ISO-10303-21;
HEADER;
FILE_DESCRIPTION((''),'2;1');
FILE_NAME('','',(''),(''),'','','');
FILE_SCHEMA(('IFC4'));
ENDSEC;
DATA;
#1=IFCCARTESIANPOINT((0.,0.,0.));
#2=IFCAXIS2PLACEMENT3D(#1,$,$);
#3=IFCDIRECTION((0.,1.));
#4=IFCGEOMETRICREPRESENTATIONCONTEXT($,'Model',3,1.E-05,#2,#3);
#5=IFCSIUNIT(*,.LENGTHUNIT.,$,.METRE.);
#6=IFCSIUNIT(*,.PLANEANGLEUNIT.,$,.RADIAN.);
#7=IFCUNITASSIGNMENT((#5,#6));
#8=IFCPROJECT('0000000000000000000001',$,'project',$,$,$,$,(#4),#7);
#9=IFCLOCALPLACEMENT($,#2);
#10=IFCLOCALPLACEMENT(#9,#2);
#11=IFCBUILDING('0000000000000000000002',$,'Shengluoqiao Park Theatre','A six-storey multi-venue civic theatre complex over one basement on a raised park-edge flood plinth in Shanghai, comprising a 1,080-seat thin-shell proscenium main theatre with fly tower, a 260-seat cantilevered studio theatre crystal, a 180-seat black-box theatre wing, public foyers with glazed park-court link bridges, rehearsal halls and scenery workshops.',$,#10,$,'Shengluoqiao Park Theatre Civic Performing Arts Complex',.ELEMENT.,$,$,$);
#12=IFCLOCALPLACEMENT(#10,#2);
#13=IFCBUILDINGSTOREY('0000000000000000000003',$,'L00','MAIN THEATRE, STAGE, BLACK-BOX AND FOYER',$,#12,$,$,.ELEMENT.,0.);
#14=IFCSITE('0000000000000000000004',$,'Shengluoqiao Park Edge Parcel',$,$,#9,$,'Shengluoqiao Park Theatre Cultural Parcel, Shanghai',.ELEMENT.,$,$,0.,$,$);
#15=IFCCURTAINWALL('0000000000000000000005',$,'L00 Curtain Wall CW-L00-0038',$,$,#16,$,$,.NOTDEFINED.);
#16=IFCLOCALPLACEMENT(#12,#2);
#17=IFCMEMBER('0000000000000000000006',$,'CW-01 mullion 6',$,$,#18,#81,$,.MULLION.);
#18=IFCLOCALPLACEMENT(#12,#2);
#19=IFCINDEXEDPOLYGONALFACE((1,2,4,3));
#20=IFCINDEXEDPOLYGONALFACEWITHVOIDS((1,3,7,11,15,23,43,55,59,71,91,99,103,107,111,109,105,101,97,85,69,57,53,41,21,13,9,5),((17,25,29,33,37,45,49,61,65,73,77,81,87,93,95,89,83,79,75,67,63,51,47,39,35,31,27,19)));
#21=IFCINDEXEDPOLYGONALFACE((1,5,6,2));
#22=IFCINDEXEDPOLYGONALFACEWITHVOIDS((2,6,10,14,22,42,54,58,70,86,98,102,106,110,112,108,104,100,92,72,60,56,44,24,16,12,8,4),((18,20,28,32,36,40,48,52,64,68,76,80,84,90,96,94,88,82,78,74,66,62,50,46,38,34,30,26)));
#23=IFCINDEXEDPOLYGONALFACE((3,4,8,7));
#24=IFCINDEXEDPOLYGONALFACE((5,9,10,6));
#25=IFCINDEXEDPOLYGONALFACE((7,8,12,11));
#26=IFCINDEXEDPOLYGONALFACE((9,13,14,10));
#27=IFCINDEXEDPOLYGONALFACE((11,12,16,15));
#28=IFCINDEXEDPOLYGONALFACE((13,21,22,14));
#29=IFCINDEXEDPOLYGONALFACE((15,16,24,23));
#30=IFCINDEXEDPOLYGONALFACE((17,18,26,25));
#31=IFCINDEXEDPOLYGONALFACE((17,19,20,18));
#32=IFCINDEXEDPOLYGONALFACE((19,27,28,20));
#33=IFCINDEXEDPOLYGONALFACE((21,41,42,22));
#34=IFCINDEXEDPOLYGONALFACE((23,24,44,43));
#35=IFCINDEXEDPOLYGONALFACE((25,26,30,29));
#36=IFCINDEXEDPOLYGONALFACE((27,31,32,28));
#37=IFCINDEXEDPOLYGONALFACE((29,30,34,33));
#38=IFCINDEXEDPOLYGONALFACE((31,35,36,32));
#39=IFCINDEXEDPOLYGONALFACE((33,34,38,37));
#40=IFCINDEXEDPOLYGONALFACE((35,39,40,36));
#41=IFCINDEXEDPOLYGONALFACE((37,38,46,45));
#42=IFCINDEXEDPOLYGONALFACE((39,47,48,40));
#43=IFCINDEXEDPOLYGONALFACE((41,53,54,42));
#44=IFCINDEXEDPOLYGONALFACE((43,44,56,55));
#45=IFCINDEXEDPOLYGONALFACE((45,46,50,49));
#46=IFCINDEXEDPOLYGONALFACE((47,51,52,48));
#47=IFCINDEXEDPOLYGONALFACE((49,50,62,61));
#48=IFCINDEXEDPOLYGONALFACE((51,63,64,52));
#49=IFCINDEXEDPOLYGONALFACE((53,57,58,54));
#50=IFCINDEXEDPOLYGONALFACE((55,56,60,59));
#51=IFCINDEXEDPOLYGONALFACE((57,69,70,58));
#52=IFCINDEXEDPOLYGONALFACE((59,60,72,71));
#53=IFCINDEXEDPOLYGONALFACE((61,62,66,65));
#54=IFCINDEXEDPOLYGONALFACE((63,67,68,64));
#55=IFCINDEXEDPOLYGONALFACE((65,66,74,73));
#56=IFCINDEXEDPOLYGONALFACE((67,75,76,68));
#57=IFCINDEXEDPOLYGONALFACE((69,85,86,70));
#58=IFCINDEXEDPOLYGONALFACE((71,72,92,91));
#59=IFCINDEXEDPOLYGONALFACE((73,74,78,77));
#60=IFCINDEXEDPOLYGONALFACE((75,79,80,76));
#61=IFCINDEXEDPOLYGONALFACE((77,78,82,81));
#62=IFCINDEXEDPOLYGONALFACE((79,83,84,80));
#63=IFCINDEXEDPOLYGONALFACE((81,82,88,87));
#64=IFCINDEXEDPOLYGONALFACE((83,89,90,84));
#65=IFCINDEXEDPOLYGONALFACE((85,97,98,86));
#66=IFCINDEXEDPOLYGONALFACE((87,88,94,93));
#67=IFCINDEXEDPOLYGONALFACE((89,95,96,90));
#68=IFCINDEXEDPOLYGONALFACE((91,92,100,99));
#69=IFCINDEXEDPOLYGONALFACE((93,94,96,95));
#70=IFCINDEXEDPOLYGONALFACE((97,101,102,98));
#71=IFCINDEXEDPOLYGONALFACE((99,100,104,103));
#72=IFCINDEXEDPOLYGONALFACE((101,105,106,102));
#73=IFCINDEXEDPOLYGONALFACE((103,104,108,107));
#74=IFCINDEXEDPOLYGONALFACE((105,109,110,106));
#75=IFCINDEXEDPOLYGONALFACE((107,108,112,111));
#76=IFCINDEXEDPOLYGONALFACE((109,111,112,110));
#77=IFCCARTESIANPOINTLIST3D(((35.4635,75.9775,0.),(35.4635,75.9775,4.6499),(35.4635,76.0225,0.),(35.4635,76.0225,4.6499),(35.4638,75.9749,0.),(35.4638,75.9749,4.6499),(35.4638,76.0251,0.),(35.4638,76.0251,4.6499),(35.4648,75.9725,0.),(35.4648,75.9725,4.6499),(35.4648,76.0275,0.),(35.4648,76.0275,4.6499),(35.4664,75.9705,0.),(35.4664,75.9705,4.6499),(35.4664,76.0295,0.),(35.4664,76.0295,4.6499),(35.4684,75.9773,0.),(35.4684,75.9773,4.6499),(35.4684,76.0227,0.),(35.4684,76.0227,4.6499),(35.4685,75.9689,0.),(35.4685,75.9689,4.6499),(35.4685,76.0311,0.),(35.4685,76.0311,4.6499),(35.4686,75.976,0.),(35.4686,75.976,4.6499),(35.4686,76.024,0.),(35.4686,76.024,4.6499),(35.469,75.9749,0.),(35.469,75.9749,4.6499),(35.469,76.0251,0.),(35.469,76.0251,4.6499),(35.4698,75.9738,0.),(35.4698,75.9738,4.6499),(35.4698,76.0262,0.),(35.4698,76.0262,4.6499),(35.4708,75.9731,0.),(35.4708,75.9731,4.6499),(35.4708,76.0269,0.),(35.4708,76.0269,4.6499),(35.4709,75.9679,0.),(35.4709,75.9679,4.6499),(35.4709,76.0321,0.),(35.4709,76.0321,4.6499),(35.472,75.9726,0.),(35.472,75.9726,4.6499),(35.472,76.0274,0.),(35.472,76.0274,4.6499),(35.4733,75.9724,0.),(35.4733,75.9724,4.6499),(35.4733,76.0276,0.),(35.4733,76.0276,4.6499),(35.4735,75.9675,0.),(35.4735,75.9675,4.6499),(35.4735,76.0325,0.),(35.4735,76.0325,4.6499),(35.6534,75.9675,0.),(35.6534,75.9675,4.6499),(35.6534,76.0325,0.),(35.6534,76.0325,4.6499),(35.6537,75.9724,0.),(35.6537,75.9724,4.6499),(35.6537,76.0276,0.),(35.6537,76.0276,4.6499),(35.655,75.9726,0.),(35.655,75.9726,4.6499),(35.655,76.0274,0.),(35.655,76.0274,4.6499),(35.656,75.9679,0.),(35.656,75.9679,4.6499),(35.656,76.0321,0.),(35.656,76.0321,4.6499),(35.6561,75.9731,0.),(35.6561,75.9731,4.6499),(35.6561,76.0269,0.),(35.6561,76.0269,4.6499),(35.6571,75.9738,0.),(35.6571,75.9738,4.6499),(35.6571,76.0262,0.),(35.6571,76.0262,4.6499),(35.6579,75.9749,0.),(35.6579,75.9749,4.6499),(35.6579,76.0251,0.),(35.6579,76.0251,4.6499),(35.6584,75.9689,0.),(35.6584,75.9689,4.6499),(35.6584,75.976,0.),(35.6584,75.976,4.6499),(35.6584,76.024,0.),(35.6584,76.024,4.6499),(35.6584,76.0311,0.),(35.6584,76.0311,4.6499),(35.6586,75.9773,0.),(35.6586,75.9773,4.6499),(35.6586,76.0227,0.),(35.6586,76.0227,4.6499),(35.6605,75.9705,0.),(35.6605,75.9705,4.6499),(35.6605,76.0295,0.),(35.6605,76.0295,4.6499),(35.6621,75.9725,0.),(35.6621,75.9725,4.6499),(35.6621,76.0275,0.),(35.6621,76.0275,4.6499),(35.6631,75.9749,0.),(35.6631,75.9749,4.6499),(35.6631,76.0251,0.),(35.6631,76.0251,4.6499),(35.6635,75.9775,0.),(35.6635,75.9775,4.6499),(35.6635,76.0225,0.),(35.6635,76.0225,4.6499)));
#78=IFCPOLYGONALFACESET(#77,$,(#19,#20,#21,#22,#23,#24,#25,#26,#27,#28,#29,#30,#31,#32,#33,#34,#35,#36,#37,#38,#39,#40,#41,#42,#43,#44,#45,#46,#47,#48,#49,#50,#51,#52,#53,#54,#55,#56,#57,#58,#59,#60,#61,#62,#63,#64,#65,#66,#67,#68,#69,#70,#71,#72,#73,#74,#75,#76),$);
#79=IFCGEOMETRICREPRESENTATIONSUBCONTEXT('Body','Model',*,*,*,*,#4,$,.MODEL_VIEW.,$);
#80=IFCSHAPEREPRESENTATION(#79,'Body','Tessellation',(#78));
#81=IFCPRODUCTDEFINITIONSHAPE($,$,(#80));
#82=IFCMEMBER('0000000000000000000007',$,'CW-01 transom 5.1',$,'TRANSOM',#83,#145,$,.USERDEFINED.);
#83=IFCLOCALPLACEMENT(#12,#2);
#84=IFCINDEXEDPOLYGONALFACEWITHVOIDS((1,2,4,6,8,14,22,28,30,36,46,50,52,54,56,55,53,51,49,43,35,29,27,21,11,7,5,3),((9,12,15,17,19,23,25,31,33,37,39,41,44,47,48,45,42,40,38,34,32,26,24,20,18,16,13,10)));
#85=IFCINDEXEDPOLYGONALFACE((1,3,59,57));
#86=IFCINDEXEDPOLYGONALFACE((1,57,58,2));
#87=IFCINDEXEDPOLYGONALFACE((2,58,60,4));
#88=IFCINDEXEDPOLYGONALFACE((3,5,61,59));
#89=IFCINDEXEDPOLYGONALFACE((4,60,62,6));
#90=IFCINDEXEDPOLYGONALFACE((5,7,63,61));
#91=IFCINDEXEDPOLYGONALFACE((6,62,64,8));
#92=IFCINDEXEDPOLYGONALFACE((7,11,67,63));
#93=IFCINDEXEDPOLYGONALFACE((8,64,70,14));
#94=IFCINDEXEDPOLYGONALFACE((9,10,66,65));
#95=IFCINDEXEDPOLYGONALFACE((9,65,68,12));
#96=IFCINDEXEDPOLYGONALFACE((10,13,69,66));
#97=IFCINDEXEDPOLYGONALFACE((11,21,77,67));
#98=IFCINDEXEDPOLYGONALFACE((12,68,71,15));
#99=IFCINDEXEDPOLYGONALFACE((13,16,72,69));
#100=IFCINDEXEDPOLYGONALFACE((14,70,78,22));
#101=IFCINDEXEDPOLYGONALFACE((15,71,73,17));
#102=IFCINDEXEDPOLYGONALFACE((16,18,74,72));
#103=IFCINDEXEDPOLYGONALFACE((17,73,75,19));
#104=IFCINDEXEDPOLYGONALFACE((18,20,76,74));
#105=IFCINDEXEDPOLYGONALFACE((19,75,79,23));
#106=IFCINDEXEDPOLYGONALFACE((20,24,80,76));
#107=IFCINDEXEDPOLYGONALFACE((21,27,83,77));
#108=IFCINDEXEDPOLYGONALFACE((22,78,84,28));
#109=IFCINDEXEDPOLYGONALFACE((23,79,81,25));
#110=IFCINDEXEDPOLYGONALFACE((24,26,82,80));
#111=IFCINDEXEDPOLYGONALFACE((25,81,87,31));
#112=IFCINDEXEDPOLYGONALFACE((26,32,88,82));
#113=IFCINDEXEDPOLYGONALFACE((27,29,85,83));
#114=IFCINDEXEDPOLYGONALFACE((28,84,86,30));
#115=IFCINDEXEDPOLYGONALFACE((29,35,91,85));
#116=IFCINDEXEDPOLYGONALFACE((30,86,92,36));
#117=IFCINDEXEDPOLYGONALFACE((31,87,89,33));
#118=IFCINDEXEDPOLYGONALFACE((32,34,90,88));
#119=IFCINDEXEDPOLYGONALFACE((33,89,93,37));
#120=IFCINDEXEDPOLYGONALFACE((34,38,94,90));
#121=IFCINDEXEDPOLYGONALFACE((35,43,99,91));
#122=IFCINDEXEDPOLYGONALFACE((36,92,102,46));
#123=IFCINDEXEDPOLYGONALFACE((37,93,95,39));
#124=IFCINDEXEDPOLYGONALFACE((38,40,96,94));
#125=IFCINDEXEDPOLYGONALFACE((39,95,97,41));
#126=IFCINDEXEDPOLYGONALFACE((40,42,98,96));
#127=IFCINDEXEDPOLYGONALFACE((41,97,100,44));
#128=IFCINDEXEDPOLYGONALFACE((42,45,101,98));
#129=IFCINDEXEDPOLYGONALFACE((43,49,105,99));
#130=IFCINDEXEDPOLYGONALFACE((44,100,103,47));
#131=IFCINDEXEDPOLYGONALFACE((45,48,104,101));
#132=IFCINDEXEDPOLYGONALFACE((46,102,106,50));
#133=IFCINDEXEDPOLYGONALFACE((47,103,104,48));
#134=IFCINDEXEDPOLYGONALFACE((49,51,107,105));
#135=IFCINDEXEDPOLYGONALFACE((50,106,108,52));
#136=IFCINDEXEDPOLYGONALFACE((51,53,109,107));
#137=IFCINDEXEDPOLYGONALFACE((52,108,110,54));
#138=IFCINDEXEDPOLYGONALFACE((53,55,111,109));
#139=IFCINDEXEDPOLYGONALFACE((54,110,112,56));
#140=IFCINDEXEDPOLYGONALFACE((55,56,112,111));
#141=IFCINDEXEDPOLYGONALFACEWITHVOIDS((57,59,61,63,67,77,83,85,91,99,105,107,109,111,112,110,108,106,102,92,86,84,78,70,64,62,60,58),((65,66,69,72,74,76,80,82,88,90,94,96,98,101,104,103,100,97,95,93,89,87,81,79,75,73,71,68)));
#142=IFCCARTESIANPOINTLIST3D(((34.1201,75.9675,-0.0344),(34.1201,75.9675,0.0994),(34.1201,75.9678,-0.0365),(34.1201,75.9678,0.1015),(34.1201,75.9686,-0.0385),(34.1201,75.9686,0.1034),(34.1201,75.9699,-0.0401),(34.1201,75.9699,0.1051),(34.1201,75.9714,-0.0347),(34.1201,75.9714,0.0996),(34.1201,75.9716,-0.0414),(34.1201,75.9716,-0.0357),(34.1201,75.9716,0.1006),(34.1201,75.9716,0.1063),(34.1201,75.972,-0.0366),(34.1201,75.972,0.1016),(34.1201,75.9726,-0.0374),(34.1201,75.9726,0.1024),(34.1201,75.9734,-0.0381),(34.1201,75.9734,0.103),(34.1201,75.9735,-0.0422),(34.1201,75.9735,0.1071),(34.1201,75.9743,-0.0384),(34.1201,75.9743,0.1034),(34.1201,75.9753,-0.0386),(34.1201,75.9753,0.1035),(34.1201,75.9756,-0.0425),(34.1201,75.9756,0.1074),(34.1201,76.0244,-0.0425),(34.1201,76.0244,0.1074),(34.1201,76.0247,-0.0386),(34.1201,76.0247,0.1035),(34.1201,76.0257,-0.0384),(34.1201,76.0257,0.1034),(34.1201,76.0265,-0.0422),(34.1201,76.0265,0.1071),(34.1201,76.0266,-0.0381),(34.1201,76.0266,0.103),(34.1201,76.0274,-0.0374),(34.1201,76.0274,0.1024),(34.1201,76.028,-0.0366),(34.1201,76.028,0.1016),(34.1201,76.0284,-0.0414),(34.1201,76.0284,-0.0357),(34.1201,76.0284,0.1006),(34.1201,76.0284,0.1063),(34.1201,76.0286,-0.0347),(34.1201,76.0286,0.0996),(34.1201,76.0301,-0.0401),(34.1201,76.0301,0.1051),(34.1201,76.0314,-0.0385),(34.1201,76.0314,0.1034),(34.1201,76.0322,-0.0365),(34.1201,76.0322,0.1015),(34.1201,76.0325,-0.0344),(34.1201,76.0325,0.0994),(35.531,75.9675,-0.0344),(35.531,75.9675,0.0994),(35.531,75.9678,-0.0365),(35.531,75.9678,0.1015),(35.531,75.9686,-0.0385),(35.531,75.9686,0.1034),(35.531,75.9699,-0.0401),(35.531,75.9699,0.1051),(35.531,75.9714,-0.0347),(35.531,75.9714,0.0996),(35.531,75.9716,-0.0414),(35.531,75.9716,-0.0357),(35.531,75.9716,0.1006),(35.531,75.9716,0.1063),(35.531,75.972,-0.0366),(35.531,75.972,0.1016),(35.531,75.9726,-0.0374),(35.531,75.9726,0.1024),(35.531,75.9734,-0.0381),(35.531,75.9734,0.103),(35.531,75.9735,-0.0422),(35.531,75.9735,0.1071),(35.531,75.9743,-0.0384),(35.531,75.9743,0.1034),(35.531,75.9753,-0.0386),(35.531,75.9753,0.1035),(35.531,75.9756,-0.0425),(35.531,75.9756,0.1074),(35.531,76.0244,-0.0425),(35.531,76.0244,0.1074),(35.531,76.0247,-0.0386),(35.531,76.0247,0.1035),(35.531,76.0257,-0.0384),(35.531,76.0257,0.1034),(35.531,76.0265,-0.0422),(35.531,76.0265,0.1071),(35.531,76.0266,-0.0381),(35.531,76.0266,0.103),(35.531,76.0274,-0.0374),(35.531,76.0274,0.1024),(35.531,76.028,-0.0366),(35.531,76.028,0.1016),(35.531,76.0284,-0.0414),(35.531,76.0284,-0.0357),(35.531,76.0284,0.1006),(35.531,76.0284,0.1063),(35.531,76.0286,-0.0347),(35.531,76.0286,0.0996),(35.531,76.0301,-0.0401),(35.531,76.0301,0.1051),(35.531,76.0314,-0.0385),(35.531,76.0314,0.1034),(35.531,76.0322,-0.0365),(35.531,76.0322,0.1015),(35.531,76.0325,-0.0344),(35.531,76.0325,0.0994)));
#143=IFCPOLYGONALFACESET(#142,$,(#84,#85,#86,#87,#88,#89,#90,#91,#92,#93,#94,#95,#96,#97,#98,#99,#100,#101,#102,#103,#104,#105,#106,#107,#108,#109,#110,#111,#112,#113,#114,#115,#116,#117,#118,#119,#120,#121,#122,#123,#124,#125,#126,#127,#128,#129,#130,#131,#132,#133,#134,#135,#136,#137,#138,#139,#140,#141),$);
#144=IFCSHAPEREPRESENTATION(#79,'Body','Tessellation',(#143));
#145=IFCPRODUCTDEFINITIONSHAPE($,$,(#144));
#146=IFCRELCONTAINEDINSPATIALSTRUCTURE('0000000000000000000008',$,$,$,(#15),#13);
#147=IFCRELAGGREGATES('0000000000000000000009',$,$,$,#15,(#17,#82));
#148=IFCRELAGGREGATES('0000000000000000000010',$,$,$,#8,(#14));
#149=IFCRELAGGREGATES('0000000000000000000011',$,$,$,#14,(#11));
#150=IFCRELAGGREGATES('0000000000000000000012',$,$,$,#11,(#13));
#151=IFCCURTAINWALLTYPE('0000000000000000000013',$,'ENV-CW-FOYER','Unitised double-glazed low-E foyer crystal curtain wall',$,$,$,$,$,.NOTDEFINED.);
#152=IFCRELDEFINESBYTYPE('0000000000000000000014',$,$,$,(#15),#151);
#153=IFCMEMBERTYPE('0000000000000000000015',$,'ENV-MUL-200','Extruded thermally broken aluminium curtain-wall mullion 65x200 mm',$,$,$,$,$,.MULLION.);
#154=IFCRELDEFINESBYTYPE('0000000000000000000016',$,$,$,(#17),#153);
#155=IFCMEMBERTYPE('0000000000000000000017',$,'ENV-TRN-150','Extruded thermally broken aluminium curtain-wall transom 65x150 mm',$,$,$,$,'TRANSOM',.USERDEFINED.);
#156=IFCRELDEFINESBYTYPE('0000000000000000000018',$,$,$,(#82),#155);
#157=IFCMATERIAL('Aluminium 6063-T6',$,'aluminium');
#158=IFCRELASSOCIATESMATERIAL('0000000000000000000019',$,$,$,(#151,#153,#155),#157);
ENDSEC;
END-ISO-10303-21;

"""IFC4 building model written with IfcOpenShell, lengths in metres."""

from ifc_helpers import new_model, si_unit, direction, frame, origin, origin_2d, place, context, subcontext, project, spatial, hollow_rectangle, extrude, material, material_profile, profile_set, type_object, element, aggregate, save


model = new_model("IFC4")

# Units and contexts
model_context = context("Model", 3, precision=1e-05, world=origin(), true_north=direction((0.0, 1.0)))
body_context = subcontext(model_context, "Body", "Model", "MODEL_VIEW")
ifc_project = project(units=[si_unit("LENGTHUNIT", "METRE"), si_unit("PLANEANGLEUNIT", "RADIAN")], contexts=[model_context])

# Site, building, storey
site_placement = place(None, origin())
site = spatial("IfcSite", under=ifc_project, at=site_placement, Name="Shengluoqiao Park Edge Parcel", LongName="Shengluoqiao Park Theatre Cultural Parcel, Shanghai", CompositionType="ELEMENT", RefElevation=0.0)
building_placement = place(site_placement, origin())
building = spatial("IfcBuilding", under=site, at=building_placement, Name="Shengluoqiao Park Theatre", Description="A six-storey multi-venue civic theatre complex over one basement on a raised park-edge flood plinth in Shanghai, comprising a 1,080-seat thin-shell proscenium main theatre with fly tower, a 260-seat cantilevered studio theatre crystal, a 180-seat black-box theatre wing, public foyers with glazed park-court link bridges, rehearsal halls and scenery workshops.", LongName="Shengluoqiao Park Theatre Civic Performing Arts Complex", CompositionType="ELEMENT")
storey_placement = place(building_placement, origin())
storey = spatial("IfcBuildingStorey", under=building, at=storey_placement, Name="L00", Description="MAIN THEATRE, STAGE, BLACK-BOX AND FOYER", CompositionType="ELEMENT", Elevation=0.0)

# Curtain wall, members
ifc_material_1 = material(Name="Aluminium 6063-T6", Category="aluminium")
curtain_wall_type = type_object("IfcCurtainWallType", Name="ENV-CW-FOYER", Description="Unitised double-glazed low-E foyer crystal curtain wall", PredefinedType="NOTDEFINED", material=ifc_material_1)
curtain_wall_placement = place(storey_placement, origin())
curtain_wall = element("IfcCurtainWall", 1, at=curtain_wall_placement, inside=storey, type_object=curtain_wall_type, Name="L00 Curtain Wall CW-L00-0038", PredefinedType="NOTDEFINED")
ifc_material_profile_1 = material_profile(ifc_material_1, hollow_rectangle(XDim=0.0649, YDim=0.2, WallThickness=0.0049, InnerFilletRadius=0.0049, OuterFilletRadius=0.01, at=origin_2d()), Name="ALU MULLION 200x65x5")
ifc_profile_set_1 = profile_set([ifc_material_profile_1], Name="Aluminium 6063-T6")
member_type_1 = type_object("IfcMemberType", Name="ENV-MUL-200", Description="Extruded thermally broken aluminium curtain-wall mullion 65x200 mm", PredefinedType="MULLION", material=ifc_profile_set_1)
member_1_placement = place(storey_placement, frame((35.5635, 76.0, 0.0), z_axis=(0.0, 0.0, 1.0), x_axis=(0.0, 1.0, 0.0)))
member_1 = element("IfcMember", 2, at=member_1_placement, type_object=member_type_1, Name="CW-01 mullion 6", PredefinedType="MULLION", context=body_context, shape_type="SweptSolid", body=[
    extrude(hollow_rectangle(XDim=0.0649, YDim=0.2, WallThickness=0.0049, InnerFilletRadius=0.0049, OuterFilletRadius=0.01, at=origin_2d()), origin(), (0.0, 0.0, 1.0), 4.6499),
])
ifc_material_profile_2 = material_profile(ifc_material_1, hollow_rectangle(XDim=0.0649, YDim=0.1499, WallThickness=0.0039, InnerFilletRadius=0.0039, OuterFilletRadius=0.0081, at=origin_2d()), Name="ALU TRANSOM 150x65x4")
ifc_profile_set_2 = profile_set([ifc_material_profile_2], Name="Aluminium 6063-T6")
member_type_2 = type_object("IfcMemberType", Name="ENV-TRN-150", Description="Extruded thermally broken aluminium curtain-wall transom 65x150 mm", ElementType="TRANSOM", PredefinedType="USERDEFINED", material=ifc_profile_set_2)
member_2_placement = place(storey_placement, frame((34.1201, 76.0, 0.0325), z_axis=(1.0, 0.0, 0.0), x_axis=(0.0, 1.0, 0.0)))
member_2 = element("IfcMember", 3, at=member_2_placement, type_object=member_type_2, Name="CW-01 transom 5.1", ObjectType="TRANSOM", PredefinedType="USERDEFINED", context=body_context, shape_type="SweptSolid", body=[
    extrude(hollow_rectangle(XDim=0.0649, YDim=0.1499, WallThickness=0.0039, InnerFilletRadius=0.0039, OuterFilletRadius=0.0081, at=origin_2d()), origin(), (0.0, 0.0, 1.0), 1.4109),
])
aggregate(curtain_wall, [member_1, member_2])

save(model, "model.ifc")
